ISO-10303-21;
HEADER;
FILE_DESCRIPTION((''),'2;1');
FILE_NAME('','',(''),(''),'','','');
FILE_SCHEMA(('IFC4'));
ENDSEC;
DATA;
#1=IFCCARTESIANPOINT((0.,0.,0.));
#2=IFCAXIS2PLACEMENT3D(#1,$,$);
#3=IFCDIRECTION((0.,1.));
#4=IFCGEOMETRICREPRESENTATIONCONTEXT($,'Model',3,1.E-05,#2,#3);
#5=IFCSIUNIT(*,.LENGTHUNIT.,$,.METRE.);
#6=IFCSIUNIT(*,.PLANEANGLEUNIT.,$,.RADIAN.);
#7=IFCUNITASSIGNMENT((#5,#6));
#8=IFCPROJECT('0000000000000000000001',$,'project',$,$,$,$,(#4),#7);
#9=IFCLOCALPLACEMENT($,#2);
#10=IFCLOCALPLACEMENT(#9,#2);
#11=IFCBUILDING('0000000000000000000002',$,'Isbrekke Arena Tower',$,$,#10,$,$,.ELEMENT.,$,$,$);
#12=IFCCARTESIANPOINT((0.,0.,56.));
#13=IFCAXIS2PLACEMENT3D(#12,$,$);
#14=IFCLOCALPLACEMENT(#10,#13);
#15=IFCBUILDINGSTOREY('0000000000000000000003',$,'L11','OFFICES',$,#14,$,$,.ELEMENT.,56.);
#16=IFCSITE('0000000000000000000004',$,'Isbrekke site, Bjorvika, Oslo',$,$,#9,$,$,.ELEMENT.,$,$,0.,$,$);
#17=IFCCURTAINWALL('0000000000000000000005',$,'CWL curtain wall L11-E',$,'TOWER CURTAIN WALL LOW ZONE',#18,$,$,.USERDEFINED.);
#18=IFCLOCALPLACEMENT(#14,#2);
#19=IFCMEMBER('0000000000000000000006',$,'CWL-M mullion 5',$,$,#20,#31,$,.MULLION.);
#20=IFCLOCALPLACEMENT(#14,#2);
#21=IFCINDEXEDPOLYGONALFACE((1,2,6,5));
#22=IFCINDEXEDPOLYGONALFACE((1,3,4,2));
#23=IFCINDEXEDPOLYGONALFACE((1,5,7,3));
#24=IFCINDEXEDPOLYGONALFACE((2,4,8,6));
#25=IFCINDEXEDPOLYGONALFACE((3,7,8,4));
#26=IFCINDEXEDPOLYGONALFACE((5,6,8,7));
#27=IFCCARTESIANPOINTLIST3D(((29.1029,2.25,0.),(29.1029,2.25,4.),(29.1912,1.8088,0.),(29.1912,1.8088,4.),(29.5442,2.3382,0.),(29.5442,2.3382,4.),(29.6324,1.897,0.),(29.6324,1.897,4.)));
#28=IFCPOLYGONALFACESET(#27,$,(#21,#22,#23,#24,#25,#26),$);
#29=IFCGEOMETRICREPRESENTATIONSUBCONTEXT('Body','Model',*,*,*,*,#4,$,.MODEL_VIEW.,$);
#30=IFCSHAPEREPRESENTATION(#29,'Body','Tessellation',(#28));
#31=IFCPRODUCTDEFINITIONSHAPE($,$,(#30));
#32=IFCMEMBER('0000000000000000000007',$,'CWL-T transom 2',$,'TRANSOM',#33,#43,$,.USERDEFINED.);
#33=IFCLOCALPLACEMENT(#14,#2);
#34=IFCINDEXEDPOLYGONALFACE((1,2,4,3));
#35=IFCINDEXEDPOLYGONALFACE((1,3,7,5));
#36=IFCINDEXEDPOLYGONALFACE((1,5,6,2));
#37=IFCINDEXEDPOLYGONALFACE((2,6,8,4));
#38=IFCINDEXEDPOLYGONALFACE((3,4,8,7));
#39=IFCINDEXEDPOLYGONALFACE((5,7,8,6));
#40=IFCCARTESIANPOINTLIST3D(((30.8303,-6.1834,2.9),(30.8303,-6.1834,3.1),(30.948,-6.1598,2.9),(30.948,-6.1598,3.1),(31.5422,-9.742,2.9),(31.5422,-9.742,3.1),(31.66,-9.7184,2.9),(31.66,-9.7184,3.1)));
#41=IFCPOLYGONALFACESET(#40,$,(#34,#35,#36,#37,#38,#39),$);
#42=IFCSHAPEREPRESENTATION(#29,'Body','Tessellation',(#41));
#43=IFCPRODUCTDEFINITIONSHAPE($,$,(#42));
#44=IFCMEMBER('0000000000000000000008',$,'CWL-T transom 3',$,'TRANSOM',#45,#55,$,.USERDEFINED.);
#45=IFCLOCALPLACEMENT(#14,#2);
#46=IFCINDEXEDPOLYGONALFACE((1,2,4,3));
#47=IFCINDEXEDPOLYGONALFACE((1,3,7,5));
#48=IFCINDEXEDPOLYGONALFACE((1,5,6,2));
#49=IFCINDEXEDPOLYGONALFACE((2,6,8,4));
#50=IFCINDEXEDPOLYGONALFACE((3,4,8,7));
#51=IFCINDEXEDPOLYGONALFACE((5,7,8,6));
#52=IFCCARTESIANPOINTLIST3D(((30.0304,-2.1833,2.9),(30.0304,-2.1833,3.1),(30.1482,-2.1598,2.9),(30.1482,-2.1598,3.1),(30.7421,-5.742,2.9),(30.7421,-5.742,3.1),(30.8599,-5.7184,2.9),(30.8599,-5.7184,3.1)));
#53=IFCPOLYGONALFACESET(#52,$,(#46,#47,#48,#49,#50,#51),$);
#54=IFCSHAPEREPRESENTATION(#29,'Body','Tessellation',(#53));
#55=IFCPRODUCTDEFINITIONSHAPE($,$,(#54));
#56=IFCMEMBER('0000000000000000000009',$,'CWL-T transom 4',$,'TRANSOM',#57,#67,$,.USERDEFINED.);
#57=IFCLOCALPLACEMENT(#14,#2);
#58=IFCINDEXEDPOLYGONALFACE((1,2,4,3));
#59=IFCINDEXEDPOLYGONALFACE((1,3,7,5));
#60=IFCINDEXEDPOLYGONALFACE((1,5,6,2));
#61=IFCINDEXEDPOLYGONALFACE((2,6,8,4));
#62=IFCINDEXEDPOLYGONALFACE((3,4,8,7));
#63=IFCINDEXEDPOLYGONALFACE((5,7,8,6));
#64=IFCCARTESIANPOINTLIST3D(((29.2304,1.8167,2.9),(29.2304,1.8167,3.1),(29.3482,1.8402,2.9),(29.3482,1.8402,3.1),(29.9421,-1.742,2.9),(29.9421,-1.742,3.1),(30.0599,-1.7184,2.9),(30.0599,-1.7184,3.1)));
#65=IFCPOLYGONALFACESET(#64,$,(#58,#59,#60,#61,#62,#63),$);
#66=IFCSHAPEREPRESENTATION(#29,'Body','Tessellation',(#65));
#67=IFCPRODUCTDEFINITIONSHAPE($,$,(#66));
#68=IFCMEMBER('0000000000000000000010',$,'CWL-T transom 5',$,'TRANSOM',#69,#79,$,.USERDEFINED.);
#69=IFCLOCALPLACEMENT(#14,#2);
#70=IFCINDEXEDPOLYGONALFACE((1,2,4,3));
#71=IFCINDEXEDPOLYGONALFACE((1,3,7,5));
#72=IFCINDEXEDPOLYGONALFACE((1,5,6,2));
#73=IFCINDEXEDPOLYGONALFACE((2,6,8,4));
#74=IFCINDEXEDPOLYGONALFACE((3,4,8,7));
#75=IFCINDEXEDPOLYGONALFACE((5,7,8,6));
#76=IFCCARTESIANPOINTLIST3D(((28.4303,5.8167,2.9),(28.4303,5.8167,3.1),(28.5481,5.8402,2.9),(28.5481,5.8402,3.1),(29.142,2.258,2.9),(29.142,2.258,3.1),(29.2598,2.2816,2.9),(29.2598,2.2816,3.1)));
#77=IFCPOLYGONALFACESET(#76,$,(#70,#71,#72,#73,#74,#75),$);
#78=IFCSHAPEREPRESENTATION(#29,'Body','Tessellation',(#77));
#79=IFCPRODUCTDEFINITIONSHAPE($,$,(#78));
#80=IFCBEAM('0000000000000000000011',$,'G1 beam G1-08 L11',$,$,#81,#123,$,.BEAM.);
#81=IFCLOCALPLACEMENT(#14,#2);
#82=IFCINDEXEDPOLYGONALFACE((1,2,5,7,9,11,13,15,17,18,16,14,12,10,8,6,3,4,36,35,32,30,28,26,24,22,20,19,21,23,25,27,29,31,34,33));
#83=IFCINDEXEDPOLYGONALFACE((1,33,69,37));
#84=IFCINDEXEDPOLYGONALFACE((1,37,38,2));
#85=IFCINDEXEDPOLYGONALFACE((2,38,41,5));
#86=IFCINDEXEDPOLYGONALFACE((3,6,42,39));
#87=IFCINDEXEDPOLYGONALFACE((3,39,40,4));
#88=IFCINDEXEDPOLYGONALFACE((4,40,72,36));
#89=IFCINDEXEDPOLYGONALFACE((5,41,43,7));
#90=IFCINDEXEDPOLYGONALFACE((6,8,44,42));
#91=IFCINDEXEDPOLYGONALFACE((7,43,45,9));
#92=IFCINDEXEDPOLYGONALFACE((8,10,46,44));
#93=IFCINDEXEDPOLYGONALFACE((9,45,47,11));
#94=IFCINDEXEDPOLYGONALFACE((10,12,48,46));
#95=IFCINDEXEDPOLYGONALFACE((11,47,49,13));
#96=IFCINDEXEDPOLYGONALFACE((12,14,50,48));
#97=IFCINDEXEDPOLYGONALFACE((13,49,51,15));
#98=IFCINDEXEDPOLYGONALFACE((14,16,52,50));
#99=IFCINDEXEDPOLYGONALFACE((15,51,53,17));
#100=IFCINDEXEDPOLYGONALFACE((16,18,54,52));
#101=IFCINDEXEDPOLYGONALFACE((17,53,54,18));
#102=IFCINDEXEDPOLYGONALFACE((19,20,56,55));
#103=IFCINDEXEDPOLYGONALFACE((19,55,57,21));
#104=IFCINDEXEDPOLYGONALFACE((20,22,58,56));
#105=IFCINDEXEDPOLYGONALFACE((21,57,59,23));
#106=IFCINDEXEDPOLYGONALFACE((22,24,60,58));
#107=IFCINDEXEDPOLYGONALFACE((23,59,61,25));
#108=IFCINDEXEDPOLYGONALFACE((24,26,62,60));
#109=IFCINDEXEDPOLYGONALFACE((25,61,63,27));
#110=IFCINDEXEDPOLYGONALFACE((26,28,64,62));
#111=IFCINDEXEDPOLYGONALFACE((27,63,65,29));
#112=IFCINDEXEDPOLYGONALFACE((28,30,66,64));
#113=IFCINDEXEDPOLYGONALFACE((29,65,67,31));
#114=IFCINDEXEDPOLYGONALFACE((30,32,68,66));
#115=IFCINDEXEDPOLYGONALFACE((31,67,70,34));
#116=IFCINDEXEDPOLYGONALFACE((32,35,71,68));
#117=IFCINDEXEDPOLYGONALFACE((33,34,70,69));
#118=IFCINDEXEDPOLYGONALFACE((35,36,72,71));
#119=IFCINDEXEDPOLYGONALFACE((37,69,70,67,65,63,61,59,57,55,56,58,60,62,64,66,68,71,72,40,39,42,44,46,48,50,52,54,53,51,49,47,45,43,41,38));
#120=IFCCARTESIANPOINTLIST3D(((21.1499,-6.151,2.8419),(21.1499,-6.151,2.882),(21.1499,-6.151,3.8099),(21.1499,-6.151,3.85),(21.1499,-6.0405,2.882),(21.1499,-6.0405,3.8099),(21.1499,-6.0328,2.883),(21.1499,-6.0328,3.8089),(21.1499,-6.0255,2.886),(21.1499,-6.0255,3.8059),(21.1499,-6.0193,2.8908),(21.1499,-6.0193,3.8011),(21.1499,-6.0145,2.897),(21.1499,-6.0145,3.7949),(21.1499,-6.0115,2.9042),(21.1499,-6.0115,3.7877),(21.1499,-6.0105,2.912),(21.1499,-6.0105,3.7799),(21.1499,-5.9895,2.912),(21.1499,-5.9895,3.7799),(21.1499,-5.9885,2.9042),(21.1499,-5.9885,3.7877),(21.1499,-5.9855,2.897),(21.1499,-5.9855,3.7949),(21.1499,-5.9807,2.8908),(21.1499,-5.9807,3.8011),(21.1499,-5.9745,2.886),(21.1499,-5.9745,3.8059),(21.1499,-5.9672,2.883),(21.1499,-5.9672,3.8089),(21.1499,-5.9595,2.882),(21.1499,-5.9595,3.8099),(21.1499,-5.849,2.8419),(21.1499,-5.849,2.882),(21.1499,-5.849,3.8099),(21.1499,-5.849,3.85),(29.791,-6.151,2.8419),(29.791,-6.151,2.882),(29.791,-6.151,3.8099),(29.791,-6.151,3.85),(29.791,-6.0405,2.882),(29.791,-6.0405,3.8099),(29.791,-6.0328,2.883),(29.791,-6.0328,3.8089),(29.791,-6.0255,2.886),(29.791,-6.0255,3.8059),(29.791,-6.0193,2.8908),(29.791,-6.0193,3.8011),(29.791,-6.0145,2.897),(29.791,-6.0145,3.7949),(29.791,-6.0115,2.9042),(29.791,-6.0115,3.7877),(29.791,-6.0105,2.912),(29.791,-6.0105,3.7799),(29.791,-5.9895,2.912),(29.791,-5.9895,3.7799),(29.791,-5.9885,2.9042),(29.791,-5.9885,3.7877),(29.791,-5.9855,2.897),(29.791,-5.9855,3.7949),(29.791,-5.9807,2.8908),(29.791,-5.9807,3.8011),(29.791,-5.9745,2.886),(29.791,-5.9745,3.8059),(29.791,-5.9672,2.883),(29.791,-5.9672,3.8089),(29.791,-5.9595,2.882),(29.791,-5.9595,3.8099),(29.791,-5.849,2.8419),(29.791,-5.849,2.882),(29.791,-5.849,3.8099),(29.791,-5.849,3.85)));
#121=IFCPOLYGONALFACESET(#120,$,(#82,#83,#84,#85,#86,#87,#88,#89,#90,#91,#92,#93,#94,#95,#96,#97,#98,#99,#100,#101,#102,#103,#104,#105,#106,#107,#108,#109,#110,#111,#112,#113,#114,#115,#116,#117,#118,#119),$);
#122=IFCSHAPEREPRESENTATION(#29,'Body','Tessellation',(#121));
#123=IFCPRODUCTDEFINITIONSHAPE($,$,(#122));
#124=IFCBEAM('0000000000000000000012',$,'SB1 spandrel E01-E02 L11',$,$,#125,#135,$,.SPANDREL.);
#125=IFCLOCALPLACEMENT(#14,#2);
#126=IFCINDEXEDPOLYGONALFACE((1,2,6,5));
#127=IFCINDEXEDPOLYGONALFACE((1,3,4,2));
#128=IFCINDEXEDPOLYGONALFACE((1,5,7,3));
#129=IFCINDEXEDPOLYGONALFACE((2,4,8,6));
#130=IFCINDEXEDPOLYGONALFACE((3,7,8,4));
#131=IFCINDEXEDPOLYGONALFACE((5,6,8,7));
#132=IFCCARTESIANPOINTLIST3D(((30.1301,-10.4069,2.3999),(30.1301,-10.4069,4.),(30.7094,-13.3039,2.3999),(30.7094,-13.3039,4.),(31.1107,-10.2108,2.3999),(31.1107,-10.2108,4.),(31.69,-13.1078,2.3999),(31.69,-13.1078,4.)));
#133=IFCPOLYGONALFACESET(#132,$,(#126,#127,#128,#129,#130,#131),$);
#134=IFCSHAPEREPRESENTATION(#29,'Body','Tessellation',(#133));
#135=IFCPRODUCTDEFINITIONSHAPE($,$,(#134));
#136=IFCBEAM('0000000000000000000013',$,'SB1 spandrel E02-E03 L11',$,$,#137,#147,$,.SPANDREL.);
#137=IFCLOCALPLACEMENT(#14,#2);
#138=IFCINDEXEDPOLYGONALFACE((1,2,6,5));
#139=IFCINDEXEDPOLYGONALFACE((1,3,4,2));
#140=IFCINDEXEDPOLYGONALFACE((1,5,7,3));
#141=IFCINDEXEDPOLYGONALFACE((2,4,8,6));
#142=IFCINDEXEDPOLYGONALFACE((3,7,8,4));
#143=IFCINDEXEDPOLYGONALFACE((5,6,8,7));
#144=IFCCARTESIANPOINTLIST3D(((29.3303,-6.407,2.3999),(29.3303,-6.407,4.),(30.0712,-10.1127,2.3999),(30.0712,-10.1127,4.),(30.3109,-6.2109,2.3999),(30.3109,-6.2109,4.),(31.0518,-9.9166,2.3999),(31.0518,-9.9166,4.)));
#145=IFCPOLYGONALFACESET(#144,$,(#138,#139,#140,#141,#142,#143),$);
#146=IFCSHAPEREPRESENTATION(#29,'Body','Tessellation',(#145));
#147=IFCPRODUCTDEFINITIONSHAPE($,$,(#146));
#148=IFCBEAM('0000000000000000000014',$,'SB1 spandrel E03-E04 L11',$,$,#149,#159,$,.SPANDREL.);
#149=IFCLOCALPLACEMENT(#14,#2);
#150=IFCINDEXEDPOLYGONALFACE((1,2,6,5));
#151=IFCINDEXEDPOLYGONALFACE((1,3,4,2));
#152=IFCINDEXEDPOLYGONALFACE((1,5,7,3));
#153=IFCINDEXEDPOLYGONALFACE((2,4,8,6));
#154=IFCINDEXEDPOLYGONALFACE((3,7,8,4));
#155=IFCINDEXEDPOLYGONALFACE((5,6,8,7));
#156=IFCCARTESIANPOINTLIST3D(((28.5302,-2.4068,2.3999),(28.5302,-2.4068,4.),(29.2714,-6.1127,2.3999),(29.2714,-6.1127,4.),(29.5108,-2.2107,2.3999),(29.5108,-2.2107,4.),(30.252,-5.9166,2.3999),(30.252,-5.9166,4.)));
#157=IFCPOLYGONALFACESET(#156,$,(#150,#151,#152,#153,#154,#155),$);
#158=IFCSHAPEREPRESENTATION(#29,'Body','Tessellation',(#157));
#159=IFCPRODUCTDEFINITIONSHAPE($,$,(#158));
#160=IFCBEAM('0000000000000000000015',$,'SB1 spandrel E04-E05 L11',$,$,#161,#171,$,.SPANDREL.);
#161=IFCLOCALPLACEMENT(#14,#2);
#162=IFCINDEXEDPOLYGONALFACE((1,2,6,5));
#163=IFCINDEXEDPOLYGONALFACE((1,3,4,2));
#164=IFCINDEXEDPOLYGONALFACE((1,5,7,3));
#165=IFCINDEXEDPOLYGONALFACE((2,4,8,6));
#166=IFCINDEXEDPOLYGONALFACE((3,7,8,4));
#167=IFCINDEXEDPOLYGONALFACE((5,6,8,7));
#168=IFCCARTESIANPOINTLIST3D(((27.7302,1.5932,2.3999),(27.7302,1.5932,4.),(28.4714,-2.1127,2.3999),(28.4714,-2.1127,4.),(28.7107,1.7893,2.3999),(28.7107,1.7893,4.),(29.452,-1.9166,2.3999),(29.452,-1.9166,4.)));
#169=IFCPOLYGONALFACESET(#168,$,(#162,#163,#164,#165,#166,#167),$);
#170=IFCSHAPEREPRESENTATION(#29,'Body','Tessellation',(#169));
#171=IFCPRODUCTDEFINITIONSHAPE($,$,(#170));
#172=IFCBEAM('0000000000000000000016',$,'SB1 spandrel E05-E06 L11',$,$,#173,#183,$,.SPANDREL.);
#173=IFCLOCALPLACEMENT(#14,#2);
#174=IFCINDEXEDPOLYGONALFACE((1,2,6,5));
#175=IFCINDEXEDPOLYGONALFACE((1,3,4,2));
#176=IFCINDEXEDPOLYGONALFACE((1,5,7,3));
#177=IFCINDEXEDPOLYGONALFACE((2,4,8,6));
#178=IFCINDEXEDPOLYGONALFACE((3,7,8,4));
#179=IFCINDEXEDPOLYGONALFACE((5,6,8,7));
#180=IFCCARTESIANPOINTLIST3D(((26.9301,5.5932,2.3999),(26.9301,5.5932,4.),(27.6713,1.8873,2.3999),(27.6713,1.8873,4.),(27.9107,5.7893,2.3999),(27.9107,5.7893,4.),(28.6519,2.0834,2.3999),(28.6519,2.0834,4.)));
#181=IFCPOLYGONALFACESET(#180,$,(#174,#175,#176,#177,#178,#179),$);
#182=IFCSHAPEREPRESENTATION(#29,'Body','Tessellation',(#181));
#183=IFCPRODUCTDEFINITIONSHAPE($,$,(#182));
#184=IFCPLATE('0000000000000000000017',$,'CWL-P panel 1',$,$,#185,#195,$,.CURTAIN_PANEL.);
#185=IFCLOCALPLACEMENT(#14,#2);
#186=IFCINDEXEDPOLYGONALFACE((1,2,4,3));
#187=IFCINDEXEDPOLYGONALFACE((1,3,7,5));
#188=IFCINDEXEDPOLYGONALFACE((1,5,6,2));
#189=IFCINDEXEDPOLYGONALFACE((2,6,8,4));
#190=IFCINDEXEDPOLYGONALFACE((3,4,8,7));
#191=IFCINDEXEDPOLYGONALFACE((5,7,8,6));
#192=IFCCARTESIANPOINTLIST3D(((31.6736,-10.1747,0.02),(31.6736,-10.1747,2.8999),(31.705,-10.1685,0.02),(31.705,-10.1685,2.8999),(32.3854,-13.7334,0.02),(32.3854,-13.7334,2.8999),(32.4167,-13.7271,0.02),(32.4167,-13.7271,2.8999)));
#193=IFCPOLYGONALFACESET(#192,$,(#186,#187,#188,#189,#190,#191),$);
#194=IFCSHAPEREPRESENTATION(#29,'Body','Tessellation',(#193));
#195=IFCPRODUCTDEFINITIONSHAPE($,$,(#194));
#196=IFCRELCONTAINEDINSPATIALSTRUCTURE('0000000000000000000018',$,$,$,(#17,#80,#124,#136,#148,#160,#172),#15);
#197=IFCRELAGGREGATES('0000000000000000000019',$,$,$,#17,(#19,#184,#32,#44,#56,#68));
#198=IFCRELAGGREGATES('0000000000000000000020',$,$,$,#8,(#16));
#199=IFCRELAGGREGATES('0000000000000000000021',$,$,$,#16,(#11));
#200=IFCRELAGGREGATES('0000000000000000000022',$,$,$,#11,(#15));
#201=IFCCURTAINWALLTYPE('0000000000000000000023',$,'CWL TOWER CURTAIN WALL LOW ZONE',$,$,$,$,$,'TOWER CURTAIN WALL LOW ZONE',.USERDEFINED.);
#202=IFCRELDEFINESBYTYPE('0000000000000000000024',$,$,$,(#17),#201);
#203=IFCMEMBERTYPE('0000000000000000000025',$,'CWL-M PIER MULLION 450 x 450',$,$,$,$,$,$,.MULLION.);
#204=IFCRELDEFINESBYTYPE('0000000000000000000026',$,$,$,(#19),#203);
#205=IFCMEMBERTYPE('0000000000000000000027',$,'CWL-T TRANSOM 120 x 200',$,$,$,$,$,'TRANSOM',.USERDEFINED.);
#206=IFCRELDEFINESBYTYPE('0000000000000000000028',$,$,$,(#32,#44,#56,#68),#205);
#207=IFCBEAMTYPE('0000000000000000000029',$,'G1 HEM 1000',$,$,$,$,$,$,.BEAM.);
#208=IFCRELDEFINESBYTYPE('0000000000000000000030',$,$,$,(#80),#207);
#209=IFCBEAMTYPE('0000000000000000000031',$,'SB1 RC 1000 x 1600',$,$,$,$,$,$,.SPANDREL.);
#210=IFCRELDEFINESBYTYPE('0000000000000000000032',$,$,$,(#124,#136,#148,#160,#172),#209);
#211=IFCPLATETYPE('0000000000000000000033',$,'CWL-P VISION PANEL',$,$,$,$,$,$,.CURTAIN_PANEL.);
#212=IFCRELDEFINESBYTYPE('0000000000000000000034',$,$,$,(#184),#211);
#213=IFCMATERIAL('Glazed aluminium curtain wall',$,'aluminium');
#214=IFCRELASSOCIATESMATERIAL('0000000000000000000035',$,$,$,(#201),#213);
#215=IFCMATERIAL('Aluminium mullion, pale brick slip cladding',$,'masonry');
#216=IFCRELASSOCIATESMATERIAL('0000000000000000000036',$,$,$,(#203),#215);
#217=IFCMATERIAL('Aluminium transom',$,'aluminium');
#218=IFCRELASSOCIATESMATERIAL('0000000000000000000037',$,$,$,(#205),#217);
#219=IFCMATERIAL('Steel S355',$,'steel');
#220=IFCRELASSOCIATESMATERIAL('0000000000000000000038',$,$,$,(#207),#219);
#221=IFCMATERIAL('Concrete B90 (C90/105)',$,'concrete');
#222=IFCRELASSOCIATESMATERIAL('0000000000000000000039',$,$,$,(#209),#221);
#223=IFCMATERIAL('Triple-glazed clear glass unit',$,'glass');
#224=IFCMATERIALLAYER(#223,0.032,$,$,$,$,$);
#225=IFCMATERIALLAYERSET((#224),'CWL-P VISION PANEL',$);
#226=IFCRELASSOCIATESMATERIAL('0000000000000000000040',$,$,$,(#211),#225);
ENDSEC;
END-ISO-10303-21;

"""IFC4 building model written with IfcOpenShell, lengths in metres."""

from ifc_helpers import new_model, si_unit, direction, frame, origin, origin_2d, place, context, subcontext, project, spatial, rectangle, i_section, extrude, material, layer, layer_set, material_profile, profile_set, type_object, element, aggregate, save


model = new_model("IFC4")

# Units and contexts
model_context = context("Model", 3, precision=1e-05, world=origin(), true_north=direction((0.0, 1.0)))
body_context = subcontext(model_context, "Body", "Model", "MODEL_VIEW")
ifc_project = project(units=[si_unit("LENGTHUNIT", "METRE"), si_unit("PLANEANGLEUNIT", "RADIAN")], contexts=[model_context])

# Site, building, storey
site_placement = place(None, origin())
site = spatial("IfcSite", under=ifc_project, at=site_placement, Name="Isbrekke site, Bjorvika, Oslo", CompositionType="ELEMENT", RefElevation=0.0)
building_placement = place(site_placement, origin())
building = spatial("IfcBuilding", under=site, at=building_placement, Name="Isbrekke Arena Tower", CompositionType="ELEMENT")
storey_placement = place(building_placement, frame((0.0, 0.0, 56.0)))
storey = spatial("IfcBuildingStorey", under=building, at=storey_placement, Name="L11", Description="OFFICES", CompositionType="ELEMENT", Elevation=56.0)

# Curtain wall, members
ifc_material_1 = material(Name="Glazed aluminium curtain wall", Category="aluminium")
curtain_wall_type = type_object("IfcCurtainWallType", Name="CWL TOWER CURTAIN WALL LOW ZONE", ElementType="TOWER CURTAIN WALL LOW ZONE", PredefinedType="USERDEFINED", material=ifc_material_1)
curtain_wall_placement = place(storey_placement, origin())
curtain_wall = element("IfcCurtainWall", 1, at=curtain_wall_placement, inside=storey, type_object=curtain_wall_type, Name="CWL curtain wall L11-E", ObjectType="TOWER CURTAIN WALL LOW ZONE", PredefinedType="USERDEFINED")
ifc_material_2 = material(Name="Aluminium mullion, pale brick slip cladding", Category="masonry")
ifc_material_profile_1 = material_profile(ifc_material_2, rectangle(XDim=0.45, YDim=0.45, at=origin_2d()), Name="PIER 450X450")
ifc_profile_set_1 = profile_set([ifc_material_profile_1], Name="Aluminium mullion, pale brick slip cladding")
member_type_1 = type_object("IfcMemberType", Name="CWL-M PIER MULLION 450 x 450", PredefinedType="MULLION", material=ifc_profile_set_1)
member_1_placement = place(storey_placement, frame((29.3677, 2.0735, 0.0), z_axis=(0.0, 0.0, 1.0), x_axis=(-0.196116, 0.980581, 0.0)))
member_1 = element("IfcMember", 2, at=member_1_placement, type_object=member_type_1, Name="CWL-M mullion 5", PredefinedType="MULLION", context=body_context, shape_type="SweptSolid", body=[
    extrude(rectangle(XDim=0.45, YDim=0.45, at=origin_2d()), origin(), (0.0, 0.0, 1.0), 4.0),
])
ifc_material_3 = material(Name="Aluminium transom", Category="aluminium")
ifc_material_profile_2 = material_profile(ifc_material_3, rectangle(XDim=0.1201, YDim=0.2, at=origin_2d()), Name="TRANSOM 120X200")
ifc_profile_set_2 = profile_set([ifc_material_profile_2], Name="Aluminium transom")
member_type_2 = type_object("IfcMemberType", Name="CWL-T TRANSOM 120 x 200", ElementType="TRANSOM", PredefinedType="USERDEFINED", material=ifc_profile_set_2)
member_2_placement = place(storey_placement, frame((31.6011, -9.7302, 3.0), z_axis=(-0.196168, 0.98057, 0.0), x_axis=(-0.98057, -0.196168, 0.0)))
member_2 = element("IfcMember", 3, at=member_2_placement, type_object=member_type_2, Name="CWL-T transom 2", ObjectType="TRANSOM", PredefinedType="USERDEFINED", context=body_context, shape_type="SweptSolid", body=[
    extrude(rectangle(XDim=0.1201, YDim=0.2, at=origin_2d()), origin(), (0.0, 0.0, 1.0), 3.6292),
])
member_3_placement = place(storey_placement, frame((30.801, -5.7302, 3.0), z_axis=(-0.196103, 0.980583, 0.0), x_axis=(-0.980583, -0.196103, 0.0)))
member_3 = element("IfcMember", 4, at=member_3_placement, type_object=member_type_2, Name="CWL-T transom 3", ObjectType="TRANSOM", PredefinedType="USERDEFINED", context=body_context, shape_type="SweptSolid", body=[
    extrude(rectangle(XDim=0.1201, YDim=0.2, at=origin_2d()), origin(), (0.0, 0.0, 1.0), 3.6292),
])
member_4_placement = place(storey_placement, frame((30.001, -1.7302, 3.0), z_axis=(-0.196103, 0.980583, 0.0), x_axis=(-0.980583, -0.196103, 0.0)))
member_4 = element("IfcMember", 5, at=member_4_placement, type_object=member_type_2, Name="CWL-T transom 4", ObjectType="TRANSOM", PredefinedType="USERDEFINED", context=body_context, shape_type="SweptSolid", body=[
    extrude(rectangle(XDim=0.1201, YDim=0.2, at=origin_2d()), origin(), (0.0, 0.0, 1.0), 3.6292),
])
member_5_placement = place(storey_placement, frame((29.2009, 2.2698, 3.0), z_axis=(-0.196103, 0.980583, 0.0), x_axis=(-0.980583, -0.196103, 0.0)))
member_5 = element("IfcMember", 6, at=member_5_placement, type_object=member_type_2, Name="CWL-T transom 5", ObjectType="TRANSOM", PredefinedType="USERDEFINED", context=body_context, shape_type="SweptSolid", body=[
    extrude(rectangle(XDim=0.1201, YDim=0.2, at=origin_2d()), origin(), (0.0, 0.0, 1.0), 3.6292),
])

# Beams
ifc_material_4 = material(Name="Steel S355", Category="steel")
ifc_material_profile_3 = material_profile(ifc_material_4, i_section(OverallWidth=0.302, OverallDepth=1.0081, WebThickness=0.021, FlangeThickness=0.04, FilletRadius=0.03, at=origin_2d()), Name="HEM 1000")
ifc_profile_set_3 = profile_set([ifc_material_profile_3], Name="Steel S355")
beam_type_1 = type_object("IfcBeamType", Name="G1 HEM 1000", PredefinedType="BEAM", material=ifc_profile_set_3)
beam_1_placement = place(storey_placement, frame((21.1499, -6.0, 3.3459), z_axis=(1.0, 0.0, 0.0), x_axis=(0.0, 1.0, 0.0)))
element("IfcBeam", 7, at=beam_1_placement, inside=storey, type_object=beam_type_1, Name="G1 beam G1-08 L11", PredefinedType="BEAM", context=body_context, shape_type="SweptSolid", body=[
    extrude(i_section(OverallWidth=0.302, OverallDepth=1.0081, WebThickness=0.021, FlangeThickness=0.04, FilletRadius=0.03, at=origin_2d()), origin(), (0.0, 0.0, 1.0), 8.6411),
])
ifc_material_5 = material(Name="Concrete B90 (C90/105)", Category="concrete")
ifc_material_profile_4 = material_profile(ifc_material_5, rectangle(XDim=1.0, YDim=1.6001, at=origin_2d()), Name="RC 1000x1600")
ifc_profile_set_4 = profile_set([ifc_material_profile_4], Name="Concrete B90 (C90/105)")
beam_type_2 = type_object("IfcBeamType", Name="SB1 RC 1000 x 1600", PredefinedType="SPANDREL", material=ifc_profile_set_4)
beam_2_placement = place(storey_placement, frame((31.1997, -13.2058, 3.2), z_axis=(-0.1961, 0.980584, 0.0), x_axis=(-0.980584, -0.1961, 0.0)))
element("IfcBeam", 8, at=beam_2_placement, inside=storey, type_object=beam_type_2, Name="SB1 spandrel E01-E02 L11", PredefinedType="SPANDREL", context=body_context, shape_type="SweptSolid", body=[
    extrude(rectangle(XDim=1.0, YDim=1.6001, at=origin_2d()), origin(), (0.0, 0.0, 1.0), 2.9543),
])
beam_3_placement = place(storey_placement, frame((30.5615, -10.0146, 3.2), z_axis=(-0.196066, 0.980591, 0.0), x_axis=(-0.980591, -0.196066, 0.0)))
element("IfcBeam", 9, at=beam_3_placement, inside=storey, type_object=beam_type_2, Name="SB1 spandrel E02-E03 L11", PredefinedType="SPANDREL", context=body_context, shape_type="SweptSolid", body=[
    extrude(rectangle(XDim=1.0, YDim=1.6001, at=origin_2d()), origin(), (0.0, 0.0, 1.0), 3.7791),
])
for number, where, z_axis, x_axis, name in (
    (10, (29.7617, -6.0146, 3.2), (-0.196129, 0.980578, 0.0), (-0.980578, -0.196129, 0.0), "SB1 spandrel E03-E04 L11"),
    (11, (28.9617, -2.0146, 3.2), (-0.196129, 0.980578, 0.0), (-0.980578, -0.196129, 0.0), "SB1 spandrel E04-E05 L11"),
    (12, (28.1616, 1.9854, 3.2), (-0.196129, 0.980578, 0.0), (-0.980578, -0.196129, 0.0), "SB1 spandrel E05-E06 L11"),
):
    element("IfcBeam", number, at=place(storey_placement, frame(where, z_axis=z_axis, x_axis=x_axis)), inside=storey, type_object=beam_type_2, Name=name, PredefinedType="SPANDREL", context=body_context, shape_type="SweptSolid", body=[
        extrude(rectangle(XDim=1.0, YDim=1.6001, at=origin_2d()), origin(), (0.0, 0.0, 1.0), 3.7793),
    ])

# Plate
ifc_material_6 = material(Name="Triple-glazed clear glass unit", Category="glass")
ifc_layer = layer(ifc_material_6, 0.032)
ifc_layer_set = layer_set([ifc_layer], Name="CWL-P VISION PANEL")
plate_type = type_object("IfcPlateType", Name="CWL-P VISION PANEL", PredefinedType="CURTAIN_PANEL", material=ifc_layer_set)
plate_1_placement = place(storey_placement, frame((32.0452, -11.9509, 0.02), z_axis=(0.0, 0.0, 1.0), x_axis=(-0.196116, 0.980581, 0.0)))
plate_1 = element("IfcPlate", 13, at=plate_1_placement, type_object=plate_type, Name="CWL-P panel 1", PredefinedType="CURTAIN_PANEL", context=body_context, shape_type="SweptSolid", body=[
    extrude(rectangle(XDim=3.6292, YDim=0.032, at=origin_2d()), origin(), (0.0, 0.0, 1.0), 2.8799),
])
aggregate(curtain_wall, [member_1, plate_1, member_2, member_3, member_4, member_5])

save(model, "model.ifc")
